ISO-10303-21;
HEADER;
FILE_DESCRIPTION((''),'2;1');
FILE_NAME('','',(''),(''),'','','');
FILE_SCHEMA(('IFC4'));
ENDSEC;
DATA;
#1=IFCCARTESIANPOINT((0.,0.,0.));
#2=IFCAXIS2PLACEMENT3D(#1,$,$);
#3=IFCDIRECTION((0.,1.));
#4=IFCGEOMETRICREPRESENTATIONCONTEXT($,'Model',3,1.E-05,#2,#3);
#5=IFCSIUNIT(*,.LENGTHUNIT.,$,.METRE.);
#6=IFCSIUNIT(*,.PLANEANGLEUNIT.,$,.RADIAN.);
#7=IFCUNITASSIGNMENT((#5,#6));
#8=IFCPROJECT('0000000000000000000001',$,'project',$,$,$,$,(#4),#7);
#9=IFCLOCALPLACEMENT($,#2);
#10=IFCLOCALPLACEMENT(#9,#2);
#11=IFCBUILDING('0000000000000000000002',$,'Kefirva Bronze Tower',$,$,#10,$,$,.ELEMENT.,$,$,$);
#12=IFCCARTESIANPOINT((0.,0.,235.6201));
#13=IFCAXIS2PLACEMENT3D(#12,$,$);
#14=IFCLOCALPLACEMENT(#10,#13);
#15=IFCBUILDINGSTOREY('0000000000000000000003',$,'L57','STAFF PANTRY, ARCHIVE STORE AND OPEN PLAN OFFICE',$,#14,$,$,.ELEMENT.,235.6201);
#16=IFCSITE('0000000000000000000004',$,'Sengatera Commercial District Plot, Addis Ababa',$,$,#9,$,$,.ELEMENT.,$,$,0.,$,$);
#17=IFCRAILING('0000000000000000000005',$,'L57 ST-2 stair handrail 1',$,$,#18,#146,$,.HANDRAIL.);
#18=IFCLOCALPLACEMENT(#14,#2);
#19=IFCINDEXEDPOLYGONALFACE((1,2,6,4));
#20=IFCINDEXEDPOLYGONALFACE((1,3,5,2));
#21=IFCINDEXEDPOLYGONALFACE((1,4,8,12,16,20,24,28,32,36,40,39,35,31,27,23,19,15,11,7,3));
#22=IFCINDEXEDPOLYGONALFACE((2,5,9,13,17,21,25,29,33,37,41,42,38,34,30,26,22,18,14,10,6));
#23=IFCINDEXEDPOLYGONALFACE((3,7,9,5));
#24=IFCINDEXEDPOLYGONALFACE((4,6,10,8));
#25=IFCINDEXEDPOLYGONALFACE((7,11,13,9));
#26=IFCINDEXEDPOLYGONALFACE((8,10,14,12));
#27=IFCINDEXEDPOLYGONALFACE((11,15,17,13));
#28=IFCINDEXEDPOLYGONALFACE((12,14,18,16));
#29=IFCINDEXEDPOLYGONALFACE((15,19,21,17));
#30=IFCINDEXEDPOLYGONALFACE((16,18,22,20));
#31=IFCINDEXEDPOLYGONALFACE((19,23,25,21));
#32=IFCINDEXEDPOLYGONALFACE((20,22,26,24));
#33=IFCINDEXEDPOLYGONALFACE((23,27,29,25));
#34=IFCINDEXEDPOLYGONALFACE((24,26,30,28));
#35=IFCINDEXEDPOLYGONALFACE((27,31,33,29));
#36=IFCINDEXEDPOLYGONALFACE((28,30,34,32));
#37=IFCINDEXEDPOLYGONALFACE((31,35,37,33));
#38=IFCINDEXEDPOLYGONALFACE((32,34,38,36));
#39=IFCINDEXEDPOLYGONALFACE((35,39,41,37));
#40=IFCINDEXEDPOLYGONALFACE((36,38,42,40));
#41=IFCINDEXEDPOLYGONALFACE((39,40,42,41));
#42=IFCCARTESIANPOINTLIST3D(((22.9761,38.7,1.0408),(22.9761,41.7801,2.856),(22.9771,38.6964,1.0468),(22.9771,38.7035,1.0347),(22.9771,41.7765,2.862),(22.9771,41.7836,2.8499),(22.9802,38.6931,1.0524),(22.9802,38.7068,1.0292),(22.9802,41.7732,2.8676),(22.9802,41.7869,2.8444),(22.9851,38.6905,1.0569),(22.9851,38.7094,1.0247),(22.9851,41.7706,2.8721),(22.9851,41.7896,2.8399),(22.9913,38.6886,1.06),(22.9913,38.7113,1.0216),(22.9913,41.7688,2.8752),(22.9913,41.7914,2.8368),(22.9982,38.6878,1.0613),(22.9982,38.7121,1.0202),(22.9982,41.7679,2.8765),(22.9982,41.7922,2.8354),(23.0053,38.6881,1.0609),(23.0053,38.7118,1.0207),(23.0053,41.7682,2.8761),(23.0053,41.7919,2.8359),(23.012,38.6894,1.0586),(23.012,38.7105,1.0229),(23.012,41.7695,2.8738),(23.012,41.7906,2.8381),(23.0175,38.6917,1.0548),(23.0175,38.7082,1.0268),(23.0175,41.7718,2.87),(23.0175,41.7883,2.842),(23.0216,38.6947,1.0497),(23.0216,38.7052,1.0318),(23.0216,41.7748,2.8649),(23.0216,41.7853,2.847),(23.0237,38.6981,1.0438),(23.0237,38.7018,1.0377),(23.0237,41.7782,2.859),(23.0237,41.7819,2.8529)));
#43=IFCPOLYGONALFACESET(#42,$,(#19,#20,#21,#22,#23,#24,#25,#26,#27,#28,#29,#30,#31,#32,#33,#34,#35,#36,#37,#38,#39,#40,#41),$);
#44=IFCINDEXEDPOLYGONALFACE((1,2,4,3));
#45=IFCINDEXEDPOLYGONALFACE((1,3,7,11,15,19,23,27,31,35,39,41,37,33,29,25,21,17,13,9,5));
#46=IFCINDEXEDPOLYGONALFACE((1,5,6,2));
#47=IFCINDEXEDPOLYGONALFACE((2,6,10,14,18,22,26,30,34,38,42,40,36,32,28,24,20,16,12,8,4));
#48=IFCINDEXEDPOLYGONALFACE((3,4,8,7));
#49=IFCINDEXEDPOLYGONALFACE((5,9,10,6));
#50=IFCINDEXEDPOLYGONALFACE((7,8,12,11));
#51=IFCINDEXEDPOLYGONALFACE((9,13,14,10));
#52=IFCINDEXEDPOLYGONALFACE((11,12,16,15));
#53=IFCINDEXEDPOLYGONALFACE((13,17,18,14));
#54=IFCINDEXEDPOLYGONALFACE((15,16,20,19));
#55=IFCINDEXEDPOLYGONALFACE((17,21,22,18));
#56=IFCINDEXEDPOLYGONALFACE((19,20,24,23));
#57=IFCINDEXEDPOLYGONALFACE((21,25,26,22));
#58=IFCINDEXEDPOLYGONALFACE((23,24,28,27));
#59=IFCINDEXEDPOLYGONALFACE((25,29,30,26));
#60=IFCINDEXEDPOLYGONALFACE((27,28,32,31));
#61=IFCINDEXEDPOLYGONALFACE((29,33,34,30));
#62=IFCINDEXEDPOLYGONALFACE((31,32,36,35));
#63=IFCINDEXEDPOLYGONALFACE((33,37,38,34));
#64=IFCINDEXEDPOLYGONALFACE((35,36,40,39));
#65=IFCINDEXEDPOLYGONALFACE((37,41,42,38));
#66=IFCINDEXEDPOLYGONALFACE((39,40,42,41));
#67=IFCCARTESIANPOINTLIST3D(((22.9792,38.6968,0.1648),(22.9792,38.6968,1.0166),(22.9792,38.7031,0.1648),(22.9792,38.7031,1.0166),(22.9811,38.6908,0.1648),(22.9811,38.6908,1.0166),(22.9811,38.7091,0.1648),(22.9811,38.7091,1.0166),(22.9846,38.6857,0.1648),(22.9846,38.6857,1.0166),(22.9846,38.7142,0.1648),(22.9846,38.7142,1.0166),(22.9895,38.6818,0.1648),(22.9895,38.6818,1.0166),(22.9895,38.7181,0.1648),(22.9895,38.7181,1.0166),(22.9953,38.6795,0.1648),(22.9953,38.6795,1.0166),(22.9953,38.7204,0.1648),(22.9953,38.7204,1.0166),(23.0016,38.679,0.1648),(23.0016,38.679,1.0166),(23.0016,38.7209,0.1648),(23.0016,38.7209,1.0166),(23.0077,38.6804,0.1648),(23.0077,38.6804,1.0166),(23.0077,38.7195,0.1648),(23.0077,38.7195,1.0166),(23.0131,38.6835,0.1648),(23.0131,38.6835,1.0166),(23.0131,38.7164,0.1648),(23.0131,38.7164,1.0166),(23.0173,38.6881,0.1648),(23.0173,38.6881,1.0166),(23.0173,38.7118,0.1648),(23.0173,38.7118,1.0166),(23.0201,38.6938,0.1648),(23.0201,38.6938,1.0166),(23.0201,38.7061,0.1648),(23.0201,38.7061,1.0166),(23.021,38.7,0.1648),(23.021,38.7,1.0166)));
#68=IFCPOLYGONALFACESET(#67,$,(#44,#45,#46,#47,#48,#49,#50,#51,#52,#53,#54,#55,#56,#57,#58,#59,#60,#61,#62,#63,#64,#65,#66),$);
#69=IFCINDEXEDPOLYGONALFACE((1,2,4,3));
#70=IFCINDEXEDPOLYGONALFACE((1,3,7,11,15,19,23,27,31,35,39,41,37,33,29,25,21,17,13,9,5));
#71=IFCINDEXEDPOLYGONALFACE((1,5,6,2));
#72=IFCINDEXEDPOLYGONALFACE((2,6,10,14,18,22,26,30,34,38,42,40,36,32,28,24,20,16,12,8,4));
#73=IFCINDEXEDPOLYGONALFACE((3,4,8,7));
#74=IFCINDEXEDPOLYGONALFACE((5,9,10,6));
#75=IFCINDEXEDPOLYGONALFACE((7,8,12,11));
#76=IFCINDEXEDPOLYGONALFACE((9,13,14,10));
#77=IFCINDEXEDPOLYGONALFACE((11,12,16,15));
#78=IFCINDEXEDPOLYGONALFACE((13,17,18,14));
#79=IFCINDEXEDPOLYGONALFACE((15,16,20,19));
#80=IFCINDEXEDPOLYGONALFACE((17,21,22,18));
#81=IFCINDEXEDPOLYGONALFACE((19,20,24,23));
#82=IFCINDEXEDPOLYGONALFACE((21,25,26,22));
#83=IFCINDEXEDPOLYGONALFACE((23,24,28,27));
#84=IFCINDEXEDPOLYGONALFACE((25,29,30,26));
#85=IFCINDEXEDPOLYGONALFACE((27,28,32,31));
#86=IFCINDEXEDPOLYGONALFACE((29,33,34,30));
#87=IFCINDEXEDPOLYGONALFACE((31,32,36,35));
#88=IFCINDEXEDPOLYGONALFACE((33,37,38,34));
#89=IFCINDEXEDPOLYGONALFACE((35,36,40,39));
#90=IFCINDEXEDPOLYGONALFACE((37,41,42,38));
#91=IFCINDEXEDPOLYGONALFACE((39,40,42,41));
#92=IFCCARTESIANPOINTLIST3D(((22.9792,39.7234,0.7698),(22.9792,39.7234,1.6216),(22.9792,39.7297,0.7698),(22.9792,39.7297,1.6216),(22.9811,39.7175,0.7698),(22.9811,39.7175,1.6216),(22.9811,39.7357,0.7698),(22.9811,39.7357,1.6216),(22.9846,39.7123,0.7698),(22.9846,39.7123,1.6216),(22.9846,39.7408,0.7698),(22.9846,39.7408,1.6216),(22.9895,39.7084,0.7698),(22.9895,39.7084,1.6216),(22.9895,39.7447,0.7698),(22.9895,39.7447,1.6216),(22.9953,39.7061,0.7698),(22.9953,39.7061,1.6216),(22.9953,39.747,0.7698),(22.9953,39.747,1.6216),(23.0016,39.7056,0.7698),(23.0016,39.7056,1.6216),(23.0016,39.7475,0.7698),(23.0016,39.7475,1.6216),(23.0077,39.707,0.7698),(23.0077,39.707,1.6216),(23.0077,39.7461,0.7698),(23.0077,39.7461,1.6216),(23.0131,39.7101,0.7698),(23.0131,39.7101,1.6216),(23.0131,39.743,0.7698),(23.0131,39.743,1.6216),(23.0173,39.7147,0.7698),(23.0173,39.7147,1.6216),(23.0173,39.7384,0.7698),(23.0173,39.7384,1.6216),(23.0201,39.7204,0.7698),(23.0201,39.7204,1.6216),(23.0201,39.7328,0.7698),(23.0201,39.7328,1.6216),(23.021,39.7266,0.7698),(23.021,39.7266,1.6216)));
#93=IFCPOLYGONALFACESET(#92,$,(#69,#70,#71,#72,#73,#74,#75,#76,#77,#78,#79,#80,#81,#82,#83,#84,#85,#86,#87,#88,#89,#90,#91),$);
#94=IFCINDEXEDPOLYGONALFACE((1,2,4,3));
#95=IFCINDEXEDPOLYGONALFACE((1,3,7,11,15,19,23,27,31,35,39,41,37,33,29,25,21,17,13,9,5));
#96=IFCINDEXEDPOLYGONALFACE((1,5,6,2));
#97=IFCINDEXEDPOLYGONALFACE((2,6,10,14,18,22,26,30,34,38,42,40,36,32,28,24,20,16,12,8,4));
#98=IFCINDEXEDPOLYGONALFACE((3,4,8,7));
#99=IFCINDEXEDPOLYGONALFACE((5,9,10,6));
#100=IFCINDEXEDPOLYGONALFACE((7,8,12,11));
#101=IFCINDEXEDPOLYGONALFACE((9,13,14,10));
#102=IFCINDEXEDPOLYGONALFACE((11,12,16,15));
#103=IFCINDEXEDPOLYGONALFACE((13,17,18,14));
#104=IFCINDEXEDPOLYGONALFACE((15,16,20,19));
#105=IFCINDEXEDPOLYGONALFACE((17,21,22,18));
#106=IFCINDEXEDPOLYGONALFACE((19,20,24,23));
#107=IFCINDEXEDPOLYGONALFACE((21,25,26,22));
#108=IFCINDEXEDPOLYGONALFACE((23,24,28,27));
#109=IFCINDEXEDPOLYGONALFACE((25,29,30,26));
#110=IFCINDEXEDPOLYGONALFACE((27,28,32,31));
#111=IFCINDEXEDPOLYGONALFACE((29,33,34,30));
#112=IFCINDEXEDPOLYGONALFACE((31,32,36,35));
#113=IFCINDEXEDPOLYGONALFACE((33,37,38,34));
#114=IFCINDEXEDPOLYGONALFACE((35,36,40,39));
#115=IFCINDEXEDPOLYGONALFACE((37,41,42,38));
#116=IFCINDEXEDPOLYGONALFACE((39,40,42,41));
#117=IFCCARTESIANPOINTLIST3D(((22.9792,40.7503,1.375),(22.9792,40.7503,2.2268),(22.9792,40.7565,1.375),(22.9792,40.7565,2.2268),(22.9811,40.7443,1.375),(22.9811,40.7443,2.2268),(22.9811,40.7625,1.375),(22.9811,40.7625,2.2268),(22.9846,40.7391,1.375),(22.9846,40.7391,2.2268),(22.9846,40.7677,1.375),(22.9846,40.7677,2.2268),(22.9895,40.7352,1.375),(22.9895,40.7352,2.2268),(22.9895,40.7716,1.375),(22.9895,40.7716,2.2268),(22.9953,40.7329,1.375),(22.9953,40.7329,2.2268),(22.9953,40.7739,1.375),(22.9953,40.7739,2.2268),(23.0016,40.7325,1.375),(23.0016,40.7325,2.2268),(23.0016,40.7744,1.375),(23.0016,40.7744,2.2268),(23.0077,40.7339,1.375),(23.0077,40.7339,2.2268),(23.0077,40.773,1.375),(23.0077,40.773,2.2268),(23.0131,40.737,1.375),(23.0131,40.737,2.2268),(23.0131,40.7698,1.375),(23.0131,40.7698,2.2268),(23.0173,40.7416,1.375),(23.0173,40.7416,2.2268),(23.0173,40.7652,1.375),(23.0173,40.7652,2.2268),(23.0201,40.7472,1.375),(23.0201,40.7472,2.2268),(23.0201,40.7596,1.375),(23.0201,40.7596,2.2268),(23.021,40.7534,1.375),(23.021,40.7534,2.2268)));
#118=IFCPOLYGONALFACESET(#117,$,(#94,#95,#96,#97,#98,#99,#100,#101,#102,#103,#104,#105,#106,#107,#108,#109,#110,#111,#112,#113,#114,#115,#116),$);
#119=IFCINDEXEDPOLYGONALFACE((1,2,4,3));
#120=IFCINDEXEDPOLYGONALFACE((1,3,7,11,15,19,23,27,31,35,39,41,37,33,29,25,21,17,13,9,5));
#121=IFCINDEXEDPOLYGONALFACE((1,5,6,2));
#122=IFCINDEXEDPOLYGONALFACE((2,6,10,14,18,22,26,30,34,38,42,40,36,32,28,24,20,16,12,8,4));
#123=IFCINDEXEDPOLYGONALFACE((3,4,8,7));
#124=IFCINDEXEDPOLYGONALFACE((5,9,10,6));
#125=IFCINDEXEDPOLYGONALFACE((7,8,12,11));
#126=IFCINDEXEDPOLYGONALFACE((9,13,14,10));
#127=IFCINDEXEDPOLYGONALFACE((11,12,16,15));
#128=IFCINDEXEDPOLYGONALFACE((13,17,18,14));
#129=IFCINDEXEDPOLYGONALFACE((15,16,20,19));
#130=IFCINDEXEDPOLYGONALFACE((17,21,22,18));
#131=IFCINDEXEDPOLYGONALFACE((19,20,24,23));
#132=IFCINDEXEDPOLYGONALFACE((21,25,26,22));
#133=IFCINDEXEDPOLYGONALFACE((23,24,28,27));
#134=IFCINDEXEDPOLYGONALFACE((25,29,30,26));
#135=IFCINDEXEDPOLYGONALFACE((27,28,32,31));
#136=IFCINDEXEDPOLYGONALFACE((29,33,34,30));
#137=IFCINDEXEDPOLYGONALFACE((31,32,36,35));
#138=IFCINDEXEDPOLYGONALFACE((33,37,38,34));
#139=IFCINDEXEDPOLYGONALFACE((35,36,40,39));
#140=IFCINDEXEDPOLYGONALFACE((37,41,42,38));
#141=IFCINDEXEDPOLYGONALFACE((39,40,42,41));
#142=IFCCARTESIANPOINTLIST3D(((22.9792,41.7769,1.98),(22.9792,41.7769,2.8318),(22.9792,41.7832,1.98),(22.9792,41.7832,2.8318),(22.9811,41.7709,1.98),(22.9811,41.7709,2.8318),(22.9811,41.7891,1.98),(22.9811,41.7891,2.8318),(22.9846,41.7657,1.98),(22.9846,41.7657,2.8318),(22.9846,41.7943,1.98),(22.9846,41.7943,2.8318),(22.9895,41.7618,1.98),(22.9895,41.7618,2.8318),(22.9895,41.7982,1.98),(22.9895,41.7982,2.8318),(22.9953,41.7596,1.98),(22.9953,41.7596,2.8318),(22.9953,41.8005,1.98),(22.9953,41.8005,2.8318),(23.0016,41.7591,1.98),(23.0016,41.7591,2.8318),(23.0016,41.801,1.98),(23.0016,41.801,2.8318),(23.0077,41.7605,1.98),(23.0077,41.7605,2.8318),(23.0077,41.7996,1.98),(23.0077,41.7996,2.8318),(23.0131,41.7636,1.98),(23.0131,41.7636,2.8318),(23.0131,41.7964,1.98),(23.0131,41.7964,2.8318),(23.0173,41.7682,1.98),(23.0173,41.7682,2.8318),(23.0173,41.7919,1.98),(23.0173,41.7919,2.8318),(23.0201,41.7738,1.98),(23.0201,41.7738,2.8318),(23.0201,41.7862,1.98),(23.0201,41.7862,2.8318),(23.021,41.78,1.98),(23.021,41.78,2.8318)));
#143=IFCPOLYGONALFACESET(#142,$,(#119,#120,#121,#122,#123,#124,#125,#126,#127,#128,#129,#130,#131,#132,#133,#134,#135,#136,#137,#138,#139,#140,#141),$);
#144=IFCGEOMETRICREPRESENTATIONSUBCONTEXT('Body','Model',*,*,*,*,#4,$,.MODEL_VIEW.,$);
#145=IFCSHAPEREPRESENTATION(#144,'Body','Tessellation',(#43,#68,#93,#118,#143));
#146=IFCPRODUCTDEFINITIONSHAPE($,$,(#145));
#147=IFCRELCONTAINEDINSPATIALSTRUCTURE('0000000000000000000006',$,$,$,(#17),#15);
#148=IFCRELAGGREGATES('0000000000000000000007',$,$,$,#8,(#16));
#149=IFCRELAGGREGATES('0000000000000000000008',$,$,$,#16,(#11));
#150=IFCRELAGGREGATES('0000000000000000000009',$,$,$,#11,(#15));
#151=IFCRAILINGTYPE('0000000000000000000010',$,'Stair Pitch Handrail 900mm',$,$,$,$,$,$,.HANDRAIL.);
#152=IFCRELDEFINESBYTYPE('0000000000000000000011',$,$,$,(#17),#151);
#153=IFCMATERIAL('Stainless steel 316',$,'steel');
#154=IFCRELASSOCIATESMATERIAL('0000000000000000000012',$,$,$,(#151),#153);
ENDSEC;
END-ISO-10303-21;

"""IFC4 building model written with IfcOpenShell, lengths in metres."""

from ifc_helpers import new_model, si_unit, direction, frame, origin, origin_2d, place, context, subcontext, project, spatial, circle, extrude, material, type_object, element, save


model = new_model("IFC4")

# Units and contexts
model_context = context("Model", 3, precision=1e-05, world=origin(), true_north=direction((0.0, 1.0)))
body_context = subcontext(model_context, "Body", "Model", "MODEL_VIEW")
ifc_project = project(units=[si_unit("LENGTHUNIT", "METRE"), si_unit("PLANEANGLEUNIT", "RADIAN")], contexts=[model_context])

# Site, building, storey
site_placement = place(None, origin())
site = spatial("IfcSite", under=ifc_project, at=site_placement, Name="Sengatera Commercial District Plot, Addis Ababa", CompositionType="ELEMENT", RefElevation=0.0)
building_placement = place(site_placement, origin())
building = spatial("IfcBuilding", under=site, at=building_placement, Name="Kefirva Bronze Tower", CompositionType="ELEMENT")
storey_placement = place(building_placement, frame((0.0, 0.0, 235.6201)))
storey = spatial("IfcBuildingStorey", under=building, at=storey_placement, Name="L57", Description="STAFF PANTRY, ARCHIVE STORE AND OPEN PLAN OFFICE", CompositionType="ELEMENT", Elevation=235.6201)

# Shared definitions
ifc_material_1 = material(Name="Stainless steel 316", Category="steel")

# Railing
railing_type_1 = type_object("IfcRailingType", Name="Stair Pitch Handrail 900mm", PredefinedType="HANDRAIL", material=ifc_material_1)
railing_1_placement = place(storey_placement, frame((23.0, 38.7, 0.1648)))
element("IfcRailing", 1, at=railing_1_placement, inside=storey, type_object=railing_type_1, Name="L57 ST-2 stair handrail 1", PredefinedType="HANDRAIL", context=body_context, shape_type="SweptSolid", body=[
    extrude(circle(Radius=0.0239, at=origin_2d()), frame((0.0, 0.0, 0.876), z_axis=(0.0, 0.861521, 0.507721), x_axis=(-1.0, 0.0, 0.0)), (0.0, 0.0, 1.0), 3.5752),
    extrude(circle(Radius=0.021, at=origin_2d()), origin(), (0.0, 0.0, 1.0), 0.8518),
    extrude(circle(Radius=0.021, at=origin_2d()), frame((0.0, 1.0266, 0.605)), (0.0, 0.0, 1.0), 0.8518),
    extrude(circle(Radius=0.021, at=origin_2d()), frame((0.0, 2.0535, 1.2102)), (0.0, 0.0, 1.0), 0.8518),
    extrude(circle(Radius=0.021, at=origin_2d()), frame((0.0, 3.0801, 1.8152)), (0.0, 0.0, 1.0), 0.8518),
])

save(model, "model.ifc")
